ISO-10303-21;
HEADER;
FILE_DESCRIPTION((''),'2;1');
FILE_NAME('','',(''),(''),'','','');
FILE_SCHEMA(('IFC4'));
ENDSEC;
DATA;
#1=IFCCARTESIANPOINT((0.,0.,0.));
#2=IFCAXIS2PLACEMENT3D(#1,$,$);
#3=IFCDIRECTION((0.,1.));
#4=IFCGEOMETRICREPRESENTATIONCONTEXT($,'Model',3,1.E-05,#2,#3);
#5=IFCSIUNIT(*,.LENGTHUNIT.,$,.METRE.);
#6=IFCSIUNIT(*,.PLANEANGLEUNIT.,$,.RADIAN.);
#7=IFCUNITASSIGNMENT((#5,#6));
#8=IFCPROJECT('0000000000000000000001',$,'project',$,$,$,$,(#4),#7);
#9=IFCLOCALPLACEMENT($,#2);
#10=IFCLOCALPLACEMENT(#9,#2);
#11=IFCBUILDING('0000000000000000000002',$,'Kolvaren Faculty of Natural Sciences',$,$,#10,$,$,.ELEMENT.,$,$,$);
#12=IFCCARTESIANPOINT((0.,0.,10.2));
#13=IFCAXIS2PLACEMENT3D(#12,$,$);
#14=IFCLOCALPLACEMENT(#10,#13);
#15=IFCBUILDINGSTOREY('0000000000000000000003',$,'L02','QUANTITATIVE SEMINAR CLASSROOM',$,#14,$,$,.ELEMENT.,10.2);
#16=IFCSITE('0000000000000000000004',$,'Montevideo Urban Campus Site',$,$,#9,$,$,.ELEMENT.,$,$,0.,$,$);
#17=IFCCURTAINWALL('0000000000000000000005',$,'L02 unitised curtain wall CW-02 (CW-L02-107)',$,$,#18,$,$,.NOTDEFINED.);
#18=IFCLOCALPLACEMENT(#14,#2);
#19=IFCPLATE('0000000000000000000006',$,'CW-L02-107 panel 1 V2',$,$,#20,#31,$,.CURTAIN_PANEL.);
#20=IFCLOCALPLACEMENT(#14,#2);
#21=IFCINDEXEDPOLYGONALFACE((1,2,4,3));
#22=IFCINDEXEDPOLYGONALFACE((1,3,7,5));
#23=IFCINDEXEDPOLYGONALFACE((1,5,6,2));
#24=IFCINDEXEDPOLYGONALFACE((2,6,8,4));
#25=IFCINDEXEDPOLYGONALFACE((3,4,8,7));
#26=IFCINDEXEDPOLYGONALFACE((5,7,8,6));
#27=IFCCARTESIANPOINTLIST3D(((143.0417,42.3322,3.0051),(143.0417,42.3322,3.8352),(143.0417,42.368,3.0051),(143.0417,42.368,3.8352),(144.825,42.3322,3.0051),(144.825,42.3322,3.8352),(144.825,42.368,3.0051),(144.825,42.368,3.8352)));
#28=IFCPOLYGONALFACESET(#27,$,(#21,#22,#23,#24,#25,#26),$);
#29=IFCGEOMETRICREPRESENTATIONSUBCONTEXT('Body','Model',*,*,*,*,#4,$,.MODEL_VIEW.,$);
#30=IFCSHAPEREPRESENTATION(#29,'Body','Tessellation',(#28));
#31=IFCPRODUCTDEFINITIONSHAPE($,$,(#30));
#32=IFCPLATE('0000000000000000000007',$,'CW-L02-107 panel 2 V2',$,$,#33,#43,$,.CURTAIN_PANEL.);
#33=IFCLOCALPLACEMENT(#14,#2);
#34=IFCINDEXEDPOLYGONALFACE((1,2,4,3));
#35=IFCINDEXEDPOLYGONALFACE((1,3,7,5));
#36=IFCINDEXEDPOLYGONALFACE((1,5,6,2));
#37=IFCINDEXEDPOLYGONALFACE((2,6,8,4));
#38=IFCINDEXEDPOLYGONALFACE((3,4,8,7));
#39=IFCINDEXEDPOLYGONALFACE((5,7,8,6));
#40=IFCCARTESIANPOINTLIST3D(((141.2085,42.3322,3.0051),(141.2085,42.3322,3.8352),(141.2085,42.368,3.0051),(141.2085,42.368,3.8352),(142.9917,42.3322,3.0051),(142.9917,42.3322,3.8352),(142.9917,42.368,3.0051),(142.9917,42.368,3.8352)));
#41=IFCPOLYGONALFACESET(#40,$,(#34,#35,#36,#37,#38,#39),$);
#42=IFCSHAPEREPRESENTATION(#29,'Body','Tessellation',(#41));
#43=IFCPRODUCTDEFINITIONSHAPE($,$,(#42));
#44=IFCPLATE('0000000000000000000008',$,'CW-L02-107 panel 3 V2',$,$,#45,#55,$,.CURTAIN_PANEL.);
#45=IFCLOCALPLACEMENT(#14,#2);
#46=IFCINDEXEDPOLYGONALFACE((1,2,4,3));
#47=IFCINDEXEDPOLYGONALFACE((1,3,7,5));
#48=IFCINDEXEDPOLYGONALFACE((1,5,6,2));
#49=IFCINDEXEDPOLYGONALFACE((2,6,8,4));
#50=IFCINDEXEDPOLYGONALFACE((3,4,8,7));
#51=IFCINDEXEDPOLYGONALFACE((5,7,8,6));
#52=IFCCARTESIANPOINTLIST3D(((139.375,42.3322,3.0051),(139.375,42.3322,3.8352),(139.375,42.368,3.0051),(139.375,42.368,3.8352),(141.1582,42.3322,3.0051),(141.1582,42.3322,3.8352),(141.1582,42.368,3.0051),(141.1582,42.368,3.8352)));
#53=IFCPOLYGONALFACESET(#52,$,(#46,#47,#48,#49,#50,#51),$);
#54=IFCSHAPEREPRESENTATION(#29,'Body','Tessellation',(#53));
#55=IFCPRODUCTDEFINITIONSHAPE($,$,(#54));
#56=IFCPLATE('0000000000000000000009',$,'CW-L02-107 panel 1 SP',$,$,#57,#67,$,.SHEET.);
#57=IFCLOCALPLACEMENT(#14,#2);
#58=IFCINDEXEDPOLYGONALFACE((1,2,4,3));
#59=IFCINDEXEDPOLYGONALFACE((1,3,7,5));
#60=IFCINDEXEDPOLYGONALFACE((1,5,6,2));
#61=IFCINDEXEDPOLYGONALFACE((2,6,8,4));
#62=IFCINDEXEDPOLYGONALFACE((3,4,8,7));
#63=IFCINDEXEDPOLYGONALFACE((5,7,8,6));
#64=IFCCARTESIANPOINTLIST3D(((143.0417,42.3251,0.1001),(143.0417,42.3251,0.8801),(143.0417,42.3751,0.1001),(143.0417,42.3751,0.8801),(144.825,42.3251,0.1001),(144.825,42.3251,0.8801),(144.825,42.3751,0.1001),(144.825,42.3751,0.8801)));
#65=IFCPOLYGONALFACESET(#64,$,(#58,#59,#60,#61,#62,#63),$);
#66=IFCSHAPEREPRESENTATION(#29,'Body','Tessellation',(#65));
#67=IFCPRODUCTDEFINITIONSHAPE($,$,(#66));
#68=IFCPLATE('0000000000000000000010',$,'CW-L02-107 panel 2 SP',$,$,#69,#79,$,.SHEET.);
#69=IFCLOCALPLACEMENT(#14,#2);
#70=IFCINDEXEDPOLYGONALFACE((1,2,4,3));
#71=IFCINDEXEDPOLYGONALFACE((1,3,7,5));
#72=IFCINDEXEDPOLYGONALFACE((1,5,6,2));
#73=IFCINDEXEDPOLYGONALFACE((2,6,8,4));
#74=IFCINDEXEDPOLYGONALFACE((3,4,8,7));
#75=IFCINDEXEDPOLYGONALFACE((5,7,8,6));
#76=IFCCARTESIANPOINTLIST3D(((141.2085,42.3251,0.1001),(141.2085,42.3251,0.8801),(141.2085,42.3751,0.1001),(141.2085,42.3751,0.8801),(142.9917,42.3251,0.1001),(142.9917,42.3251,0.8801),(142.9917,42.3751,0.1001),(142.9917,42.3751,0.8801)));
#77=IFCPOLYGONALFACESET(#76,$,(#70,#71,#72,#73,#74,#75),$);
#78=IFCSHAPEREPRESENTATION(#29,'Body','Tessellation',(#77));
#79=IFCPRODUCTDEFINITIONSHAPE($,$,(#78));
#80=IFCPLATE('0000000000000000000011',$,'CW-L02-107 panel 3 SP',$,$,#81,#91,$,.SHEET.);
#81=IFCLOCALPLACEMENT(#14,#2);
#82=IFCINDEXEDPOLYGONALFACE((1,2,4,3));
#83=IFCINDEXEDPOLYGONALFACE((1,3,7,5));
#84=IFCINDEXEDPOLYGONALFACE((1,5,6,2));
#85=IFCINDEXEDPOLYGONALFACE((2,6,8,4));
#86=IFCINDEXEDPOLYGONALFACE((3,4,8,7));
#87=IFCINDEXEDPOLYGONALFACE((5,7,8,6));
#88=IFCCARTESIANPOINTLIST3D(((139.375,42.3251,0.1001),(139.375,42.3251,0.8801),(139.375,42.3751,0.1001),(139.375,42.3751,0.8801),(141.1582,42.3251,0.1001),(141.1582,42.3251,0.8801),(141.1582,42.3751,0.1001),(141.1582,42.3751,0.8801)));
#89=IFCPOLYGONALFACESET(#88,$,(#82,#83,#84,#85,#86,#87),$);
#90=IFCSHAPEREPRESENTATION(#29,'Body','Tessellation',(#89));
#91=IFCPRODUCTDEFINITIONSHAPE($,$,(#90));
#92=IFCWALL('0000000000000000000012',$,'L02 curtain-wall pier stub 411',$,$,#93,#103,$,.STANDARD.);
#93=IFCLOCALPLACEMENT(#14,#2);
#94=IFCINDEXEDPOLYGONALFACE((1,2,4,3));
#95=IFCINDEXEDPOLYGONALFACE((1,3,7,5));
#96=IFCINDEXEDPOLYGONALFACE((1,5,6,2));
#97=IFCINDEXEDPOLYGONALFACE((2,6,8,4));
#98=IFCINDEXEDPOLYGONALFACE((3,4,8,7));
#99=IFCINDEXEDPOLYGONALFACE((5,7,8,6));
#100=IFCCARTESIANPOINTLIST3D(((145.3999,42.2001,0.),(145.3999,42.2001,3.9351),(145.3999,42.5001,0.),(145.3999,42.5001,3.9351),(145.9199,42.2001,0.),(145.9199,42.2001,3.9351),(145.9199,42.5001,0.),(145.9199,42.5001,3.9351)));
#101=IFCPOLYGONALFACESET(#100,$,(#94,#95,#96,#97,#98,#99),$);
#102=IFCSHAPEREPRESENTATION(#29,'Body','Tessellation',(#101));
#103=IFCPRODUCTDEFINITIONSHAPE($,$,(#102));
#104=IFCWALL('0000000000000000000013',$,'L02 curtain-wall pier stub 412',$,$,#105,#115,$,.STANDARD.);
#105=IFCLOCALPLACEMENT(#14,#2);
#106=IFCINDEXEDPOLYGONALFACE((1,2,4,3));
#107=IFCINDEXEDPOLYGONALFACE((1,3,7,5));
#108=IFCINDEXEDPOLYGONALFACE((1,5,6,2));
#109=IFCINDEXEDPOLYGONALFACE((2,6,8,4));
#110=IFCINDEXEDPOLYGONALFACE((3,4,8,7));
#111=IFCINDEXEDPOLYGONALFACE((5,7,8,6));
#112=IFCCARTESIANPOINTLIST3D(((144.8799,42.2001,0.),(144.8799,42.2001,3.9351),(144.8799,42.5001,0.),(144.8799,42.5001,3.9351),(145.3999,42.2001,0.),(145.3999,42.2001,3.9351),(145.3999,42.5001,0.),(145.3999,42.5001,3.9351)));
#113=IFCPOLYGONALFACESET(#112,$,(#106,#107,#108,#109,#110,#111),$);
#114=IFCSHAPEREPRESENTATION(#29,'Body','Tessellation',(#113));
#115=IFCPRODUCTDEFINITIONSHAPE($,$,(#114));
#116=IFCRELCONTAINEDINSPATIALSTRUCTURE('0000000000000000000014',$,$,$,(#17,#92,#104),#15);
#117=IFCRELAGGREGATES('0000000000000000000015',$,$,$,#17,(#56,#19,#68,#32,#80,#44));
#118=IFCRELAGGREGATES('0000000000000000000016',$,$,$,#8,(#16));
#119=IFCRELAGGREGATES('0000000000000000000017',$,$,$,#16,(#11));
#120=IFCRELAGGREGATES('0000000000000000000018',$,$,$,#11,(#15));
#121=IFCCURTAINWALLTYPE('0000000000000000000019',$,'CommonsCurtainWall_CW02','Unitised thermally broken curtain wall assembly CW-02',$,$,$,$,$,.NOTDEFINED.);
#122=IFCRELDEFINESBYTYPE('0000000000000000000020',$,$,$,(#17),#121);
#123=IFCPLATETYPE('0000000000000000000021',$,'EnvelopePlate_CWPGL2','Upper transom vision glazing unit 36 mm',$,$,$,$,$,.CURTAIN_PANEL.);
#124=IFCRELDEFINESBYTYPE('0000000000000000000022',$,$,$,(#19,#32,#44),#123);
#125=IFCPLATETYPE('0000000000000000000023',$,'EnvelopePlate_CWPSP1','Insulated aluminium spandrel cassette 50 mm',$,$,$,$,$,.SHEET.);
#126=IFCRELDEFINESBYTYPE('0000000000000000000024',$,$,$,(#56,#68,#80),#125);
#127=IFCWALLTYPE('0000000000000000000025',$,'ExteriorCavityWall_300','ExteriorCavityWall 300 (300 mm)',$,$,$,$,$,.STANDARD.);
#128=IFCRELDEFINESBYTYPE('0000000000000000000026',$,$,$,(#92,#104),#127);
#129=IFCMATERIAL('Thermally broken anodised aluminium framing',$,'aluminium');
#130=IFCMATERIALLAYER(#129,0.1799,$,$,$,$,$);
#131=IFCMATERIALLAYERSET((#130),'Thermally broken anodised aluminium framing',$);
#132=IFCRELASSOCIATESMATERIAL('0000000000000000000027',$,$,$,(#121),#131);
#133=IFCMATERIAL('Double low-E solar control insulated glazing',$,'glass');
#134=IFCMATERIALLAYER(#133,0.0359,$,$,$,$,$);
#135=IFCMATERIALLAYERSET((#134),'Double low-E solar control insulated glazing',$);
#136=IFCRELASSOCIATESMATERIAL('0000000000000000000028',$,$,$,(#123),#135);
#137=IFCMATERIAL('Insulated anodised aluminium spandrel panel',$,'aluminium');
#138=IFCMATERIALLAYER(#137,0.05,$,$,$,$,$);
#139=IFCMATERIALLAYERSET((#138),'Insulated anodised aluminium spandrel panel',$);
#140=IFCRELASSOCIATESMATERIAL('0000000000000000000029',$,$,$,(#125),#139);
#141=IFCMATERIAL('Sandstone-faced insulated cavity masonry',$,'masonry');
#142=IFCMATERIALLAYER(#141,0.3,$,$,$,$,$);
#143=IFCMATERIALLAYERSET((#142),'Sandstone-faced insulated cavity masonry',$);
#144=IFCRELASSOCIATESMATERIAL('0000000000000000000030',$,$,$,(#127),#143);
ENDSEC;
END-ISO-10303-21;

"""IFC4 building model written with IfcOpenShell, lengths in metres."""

from ifc_helpers import new_model, si_unit, direction, frame, frame_2d, origin, origin_2d, place, context, subcontext, project, spatial, rectangle, extrude, material, layer, layer_set, type_object, element, aggregate, save


model = new_model("IFC4")

# Units and contexts
model_context = context("Model", 3, precision=1e-05, world=origin(), true_north=direction((0.0, 1.0)))
body_context = subcontext(model_context, "Body", "Model", "MODEL_VIEW")
ifc_project = project(units=[si_unit("LENGTHUNIT", "METRE"), si_unit("PLANEANGLEUNIT", "RADIAN")], contexts=[model_context])

# Site, building, storey
site_placement = place(None, origin())
site = spatial("IfcSite", under=ifc_project, at=site_placement, Name="Montevideo Urban Campus Site", CompositionType="ELEMENT", RefElevation=0.0)
building_placement = place(site_placement, origin())
building = spatial("IfcBuilding", under=site, at=building_placement, Name="Kolvaren Faculty of Natural Sciences", CompositionType="ELEMENT")
storey_placement = place(building_placement, frame((0.0, 0.0, 10.2)))
storey = spatial("IfcBuildingStorey", under=building, at=storey_placement, Name="L02", Description="QUANTITATIVE SEMINAR CLASSROOM", CompositionType="ELEMENT", Elevation=10.2)

# Shared definitions
ifc_material_1 = material(Name="Thermally broken anodised aluminium framing", Category="aluminium")
ifc_layer_1 = layer(ifc_material_1, 0.1799)
ifc_layer_set_1 = layer_set([ifc_layer_1], Name="Thermally broken anodised aluminium framing")
curtain_wall_type = type_object("IfcCurtainWallType", Name="CommonsCurtainWall_CW02", Description="Unitised thermally broken curtain wall assembly CW-02", PredefinedType="NOTDEFINED", material=ifc_layer_set_1)

# Curtain wall
curtain_wall_1_placement = place(storey_placement, origin())
curtain_wall_1 = element("IfcCurtainWall", 1, at=curtain_wall_1_placement, inside=storey, type_object=curtain_wall_type, Name="L02 unitised curtain wall CW-02 (CW-L02-107)", PredefinedType="NOTDEFINED")

# Plates
ifc_material_2 = material(Name="Double low-E solar control insulated glazing", Category="glass")
ifc_layer_2 = layer(ifc_material_2, 0.0359)
ifc_layer_set_2 = layer_set([ifc_layer_2], Name="Double low-E solar control insulated glazing")
plate_type_1 = type_object("IfcPlateType", Name="EnvelopePlate_CWPGL2", Description="Upper transom vision glazing unit 36 mm", PredefinedType="CURTAIN_PANEL", material=ifc_layer_set_2)
plate_1_placement = place(storey_placement, frame((143.9333, 42.3501, 3.0051), z_axis=(0.0, 0.0, 1.0), x_axis=(-1.0, 0.0, 0.0)))
plate_1 = element("IfcPlate", 2, at=plate_1_placement, type_object=plate_type_1, Name="CW-L02-107 panel 1 V2", PredefinedType="CURTAIN_PANEL", context=body_context, shape_type="SweptSolid", body=[
    extrude(rectangle(XDim=1.7832, YDim=0.0359, at=origin_2d()), origin(), (0.0, 0.0, 1.0), 0.8301),
])
plate_2_placement = place(storey_placement, frame((142.1001, 42.3501, 3.0051), z_axis=(0.0, 0.0, 1.0), x_axis=(-1.0, 0.0, 0.0)))
plate_2 = element("IfcPlate", 3, at=plate_2_placement, type_object=plate_type_1, Name="CW-L02-107 panel 2 V2", PredefinedType="CURTAIN_PANEL", context=body_context, shape_type="SweptSolid", body=[
    extrude(rectangle(XDim=1.7832, YDim=0.0359, at=origin_2d()), origin(), (0.0, 0.0, 1.0), 0.8301),
])
plate_3_placement = place(storey_placement, frame((140.2666, 42.3501, 3.0051), z_axis=(0.0, 0.0, 1.0), x_axis=(-1.0, 0.0, 0.0)))
plate_3 = element("IfcPlate", 4, at=plate_3_placement, type_object=plate_type_1, Name="CW-L02-107 panel 3 V2", PredefinedType="CURTAIN_PANEL", context=body_context, shape_type="SweptSolid", body=[
    extrude(rectangle(XDim=1.7832, YDim=0.0359, at=origin_2d()), origin(), (0.0, 0.0, 1.0), 0.8301),
])
ifc_material_3 = material(Name="Insulated anodised aluminium spandrel panel", Category="aluminium")
ifc_layer_3 = layer(ifc_material_3, 0.05)
ifc_layer_set_3 = layer_set([ifc_layer_3], Name="Insulated anodised aluminium spandrel panel")
plate_type_2 = type_object("IfcPlateType", Name="EnvelopePlate_CWPSP1", Description="Insulated aluminium spandrel cassette 50 mm", PredefinedType="SHEET", material=ifc_layer_set_3)
plate_4_placement = place(storey_placement, frame((143.9333, 42.3501, 0.1001), z_axis=(0.0, 0.0, 1.0), x_axis=(-1.0, 0.0, 0.0)))
plate_4 = element("IfcPlate", 5, at=plate_4_placement, type_object=plate_type_2, Name="CW-L02-107 panel 1 SP", PredefinedType="SHEET", context=body_context, shape_type="SweptSolid", body=[
    extrude(rectangle(XDim=1.7832, YDim=0.05, at=origin_2d()), origin(), (0.0, 0.0, 1.0), 0.78),
])
plate_5_placement = place(storey_placement, frame((142.1001, 42.3501, 0.1001), z_axis=(0.0, 0.0, 1.0), x_axis=(-1.0, 0.0, 0.0)))
plate_5 = element("IfcPlate", 6, at=plate_5_placement, type_object=plate_type_2, Name="CW-L02-107 panel 2 SP", PredefinedType="SHEET", context=body_context, shape_type="SweptSolid", body=[
    extrude(rectangle(XDim=1.7832, YDim=0.05, at=origin_2d()), origin(), (0.0, 0.0, 1.0), 0.78),
])
plate_6_placement = place(storey_placement, frame((140.2666, 42.3501, 0.1001), z_axis=(0.0, 0.0, 1.0), x_axis=(-1.0, 0.0, 0.0)))
plate_6 = element("IfcPlate", 7, at=plate_6_placement, type_object=plate_type_2, Name="CW-L02-107 panel 3 SP", PredefinedType="SHEET", context=body_context, shape_type="SweptSolid", body=[
    extrude(rectangle(XDim=1.7832, YDim=0.05, at=origin_2d()), origin(), (0.0, 0.0, 1.0), 0.78),
])
aggregate(curtain_wall_1, [plate_4, plate_1, plate_5, plate_2, plate_6, plate_3])

# Walls
ifc_material_4 = material(Name="Sandstone-faced insulated cavity masonry", Category="masonry")
ifc_layer_4 = layer(ifc_material_4, 0.3)
ifc_layer_set_4 = layer_set([ifc_layer_4], Name="Sandstone-faced insulated cavity masonry")
wall_type = type_object("IfcWallType", Name="ExteriorCavityWall_300", Description="ExteriorCavityWall 300 (300 mm)", PredefinedType="STANDARD", material=ifc_layer_set_4)
for number, where, z_axis, x_axis, name in (
    (8, (145.9199, 42.3501, 0.0), (0.0, 0.0, 1.0), (-1.0, 0.0, 0.0), "L02 curtain-wall pier stub 411"),
    (9, (145.3999, 42.3501, 0.0), (0.0, 0.0, 1.0), (-1.0, 0.0, 0.0), "L02 curtain-wall pier stub 412"),
):
    element("IfcWall", number, at=place(storey_placement, frame(where, z_axis=z_axis, x_axis=x_axis)), inside=storey, type_object=wall_type, Name=name, PredefinedType="STANDARD", context=body_context, shape_type="SweptSolid", body=[
        extrude(rectangle(XDim=0.52, YDim=0.3, at=frame_2d((0.26, 0.0))), origin(), (0.0, 0.0, 1.0), 3.9351),
    ])

save(model, "model.ifc")
